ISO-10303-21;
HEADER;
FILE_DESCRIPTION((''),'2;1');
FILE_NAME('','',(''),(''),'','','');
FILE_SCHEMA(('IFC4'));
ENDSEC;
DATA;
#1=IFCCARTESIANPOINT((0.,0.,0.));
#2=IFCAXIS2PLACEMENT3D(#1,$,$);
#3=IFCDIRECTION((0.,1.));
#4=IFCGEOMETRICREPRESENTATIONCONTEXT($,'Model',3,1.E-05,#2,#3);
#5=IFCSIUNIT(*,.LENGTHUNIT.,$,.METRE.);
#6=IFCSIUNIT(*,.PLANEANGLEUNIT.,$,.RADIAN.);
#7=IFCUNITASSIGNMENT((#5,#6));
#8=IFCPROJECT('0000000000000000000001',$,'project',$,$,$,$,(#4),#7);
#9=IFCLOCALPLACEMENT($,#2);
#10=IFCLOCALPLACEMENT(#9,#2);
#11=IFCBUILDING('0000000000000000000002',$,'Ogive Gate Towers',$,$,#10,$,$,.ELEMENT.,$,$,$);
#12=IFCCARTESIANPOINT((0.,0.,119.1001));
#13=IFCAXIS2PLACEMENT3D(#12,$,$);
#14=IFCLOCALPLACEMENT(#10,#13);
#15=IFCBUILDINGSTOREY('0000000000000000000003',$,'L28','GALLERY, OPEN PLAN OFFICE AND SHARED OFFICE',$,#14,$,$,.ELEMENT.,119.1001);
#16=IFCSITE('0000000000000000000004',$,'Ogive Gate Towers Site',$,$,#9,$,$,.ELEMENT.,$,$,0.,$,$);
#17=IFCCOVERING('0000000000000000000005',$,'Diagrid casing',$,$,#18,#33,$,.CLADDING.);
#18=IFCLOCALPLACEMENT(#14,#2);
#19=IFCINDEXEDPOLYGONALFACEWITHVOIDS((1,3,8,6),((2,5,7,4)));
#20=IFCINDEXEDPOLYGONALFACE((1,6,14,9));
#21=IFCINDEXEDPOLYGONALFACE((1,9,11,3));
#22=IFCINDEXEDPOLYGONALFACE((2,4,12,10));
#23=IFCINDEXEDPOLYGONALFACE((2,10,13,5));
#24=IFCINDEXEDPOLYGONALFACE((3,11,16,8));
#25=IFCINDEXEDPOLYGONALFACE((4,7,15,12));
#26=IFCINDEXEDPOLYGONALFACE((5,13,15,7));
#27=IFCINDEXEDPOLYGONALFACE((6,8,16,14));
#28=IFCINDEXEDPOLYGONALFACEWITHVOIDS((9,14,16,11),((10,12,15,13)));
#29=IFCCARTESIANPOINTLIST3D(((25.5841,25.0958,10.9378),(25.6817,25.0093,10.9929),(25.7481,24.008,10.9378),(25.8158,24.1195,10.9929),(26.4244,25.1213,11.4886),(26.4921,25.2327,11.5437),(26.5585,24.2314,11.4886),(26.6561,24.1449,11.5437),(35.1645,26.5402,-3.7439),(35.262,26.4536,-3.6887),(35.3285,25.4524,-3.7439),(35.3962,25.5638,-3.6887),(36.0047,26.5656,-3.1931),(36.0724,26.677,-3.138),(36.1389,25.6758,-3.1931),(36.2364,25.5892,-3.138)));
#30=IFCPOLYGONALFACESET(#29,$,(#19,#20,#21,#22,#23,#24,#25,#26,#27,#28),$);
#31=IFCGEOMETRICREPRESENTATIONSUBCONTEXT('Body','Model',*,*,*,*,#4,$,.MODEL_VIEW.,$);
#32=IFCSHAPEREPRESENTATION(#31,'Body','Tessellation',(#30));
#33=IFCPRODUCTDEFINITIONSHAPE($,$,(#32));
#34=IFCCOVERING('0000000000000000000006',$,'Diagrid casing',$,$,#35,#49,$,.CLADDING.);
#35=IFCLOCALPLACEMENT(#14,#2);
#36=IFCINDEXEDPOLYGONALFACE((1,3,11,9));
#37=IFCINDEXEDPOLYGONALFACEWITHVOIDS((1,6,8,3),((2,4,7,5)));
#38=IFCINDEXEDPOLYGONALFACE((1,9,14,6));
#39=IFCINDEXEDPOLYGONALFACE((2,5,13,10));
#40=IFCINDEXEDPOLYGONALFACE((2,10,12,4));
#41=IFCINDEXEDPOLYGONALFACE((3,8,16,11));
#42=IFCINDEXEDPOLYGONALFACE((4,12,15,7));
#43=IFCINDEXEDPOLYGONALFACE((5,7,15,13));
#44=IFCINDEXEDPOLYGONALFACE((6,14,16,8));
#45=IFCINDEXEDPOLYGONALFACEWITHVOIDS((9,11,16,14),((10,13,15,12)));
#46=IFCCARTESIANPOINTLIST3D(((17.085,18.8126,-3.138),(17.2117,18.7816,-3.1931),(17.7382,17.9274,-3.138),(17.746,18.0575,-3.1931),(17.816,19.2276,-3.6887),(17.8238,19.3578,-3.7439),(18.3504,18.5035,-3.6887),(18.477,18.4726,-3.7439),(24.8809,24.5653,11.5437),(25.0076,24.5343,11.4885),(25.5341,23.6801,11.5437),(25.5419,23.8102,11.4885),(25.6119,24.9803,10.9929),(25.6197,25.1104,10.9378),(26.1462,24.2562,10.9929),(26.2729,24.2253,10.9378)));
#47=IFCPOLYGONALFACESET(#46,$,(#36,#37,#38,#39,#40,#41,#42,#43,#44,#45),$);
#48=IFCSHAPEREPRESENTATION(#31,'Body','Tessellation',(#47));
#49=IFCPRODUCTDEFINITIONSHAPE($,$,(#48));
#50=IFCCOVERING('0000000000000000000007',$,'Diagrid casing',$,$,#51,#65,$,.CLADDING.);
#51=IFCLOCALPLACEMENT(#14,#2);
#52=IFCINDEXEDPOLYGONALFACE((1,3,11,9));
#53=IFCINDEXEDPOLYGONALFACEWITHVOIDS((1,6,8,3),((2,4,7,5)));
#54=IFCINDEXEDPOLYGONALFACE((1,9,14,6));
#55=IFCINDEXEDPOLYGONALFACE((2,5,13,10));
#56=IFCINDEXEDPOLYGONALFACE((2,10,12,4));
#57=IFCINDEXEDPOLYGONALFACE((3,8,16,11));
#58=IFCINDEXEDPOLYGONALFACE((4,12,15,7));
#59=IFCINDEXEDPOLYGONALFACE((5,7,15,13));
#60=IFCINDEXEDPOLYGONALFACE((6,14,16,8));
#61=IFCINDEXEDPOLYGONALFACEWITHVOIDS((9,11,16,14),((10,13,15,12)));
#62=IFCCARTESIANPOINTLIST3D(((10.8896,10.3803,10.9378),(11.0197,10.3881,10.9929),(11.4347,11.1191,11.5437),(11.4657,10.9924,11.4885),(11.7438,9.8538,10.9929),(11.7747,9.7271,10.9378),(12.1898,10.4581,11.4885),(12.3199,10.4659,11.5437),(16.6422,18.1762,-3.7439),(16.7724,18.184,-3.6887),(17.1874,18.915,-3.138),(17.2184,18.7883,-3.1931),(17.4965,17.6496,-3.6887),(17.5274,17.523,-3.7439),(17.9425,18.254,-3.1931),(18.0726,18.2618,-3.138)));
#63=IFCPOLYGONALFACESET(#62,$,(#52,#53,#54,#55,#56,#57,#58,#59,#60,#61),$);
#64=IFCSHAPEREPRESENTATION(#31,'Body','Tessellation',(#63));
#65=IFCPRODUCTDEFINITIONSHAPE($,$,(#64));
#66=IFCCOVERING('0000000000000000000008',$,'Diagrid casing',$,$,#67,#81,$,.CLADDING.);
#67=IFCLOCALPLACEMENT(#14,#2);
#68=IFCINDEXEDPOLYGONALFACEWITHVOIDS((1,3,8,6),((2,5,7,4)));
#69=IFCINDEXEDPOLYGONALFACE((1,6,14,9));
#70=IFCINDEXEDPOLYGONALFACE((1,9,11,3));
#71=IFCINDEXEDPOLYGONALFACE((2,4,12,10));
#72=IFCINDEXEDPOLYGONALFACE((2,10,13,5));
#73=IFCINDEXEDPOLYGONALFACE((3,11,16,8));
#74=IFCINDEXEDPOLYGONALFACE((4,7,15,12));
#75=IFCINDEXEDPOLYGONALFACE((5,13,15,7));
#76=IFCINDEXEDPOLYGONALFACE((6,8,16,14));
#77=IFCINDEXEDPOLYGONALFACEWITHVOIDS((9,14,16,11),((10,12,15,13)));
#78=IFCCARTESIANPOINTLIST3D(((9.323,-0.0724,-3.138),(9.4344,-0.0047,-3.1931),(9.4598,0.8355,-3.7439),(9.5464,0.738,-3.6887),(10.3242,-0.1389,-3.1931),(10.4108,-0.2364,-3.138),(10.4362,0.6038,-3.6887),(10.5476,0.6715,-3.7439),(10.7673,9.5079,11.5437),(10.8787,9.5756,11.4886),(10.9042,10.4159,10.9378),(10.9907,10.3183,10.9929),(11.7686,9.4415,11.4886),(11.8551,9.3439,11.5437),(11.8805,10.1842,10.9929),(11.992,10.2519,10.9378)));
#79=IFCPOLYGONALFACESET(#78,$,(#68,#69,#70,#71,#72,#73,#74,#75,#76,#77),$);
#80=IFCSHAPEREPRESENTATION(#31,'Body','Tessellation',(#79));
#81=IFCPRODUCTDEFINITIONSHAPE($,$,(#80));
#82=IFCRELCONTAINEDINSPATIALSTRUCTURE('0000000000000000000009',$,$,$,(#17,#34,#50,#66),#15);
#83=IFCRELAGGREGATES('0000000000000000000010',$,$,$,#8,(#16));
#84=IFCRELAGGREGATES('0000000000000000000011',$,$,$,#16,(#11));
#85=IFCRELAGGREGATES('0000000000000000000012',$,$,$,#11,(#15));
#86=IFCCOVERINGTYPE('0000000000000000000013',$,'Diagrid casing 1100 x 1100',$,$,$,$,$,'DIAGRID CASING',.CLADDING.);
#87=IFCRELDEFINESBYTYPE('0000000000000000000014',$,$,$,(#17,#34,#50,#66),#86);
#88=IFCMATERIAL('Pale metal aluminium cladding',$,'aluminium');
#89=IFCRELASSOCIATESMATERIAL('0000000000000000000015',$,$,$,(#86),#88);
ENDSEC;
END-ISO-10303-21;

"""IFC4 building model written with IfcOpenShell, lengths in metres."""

from ifc_helpers import new_model, si_unit, direction, frame, origin, origin_2d, place, context, subcontext, project, spatial, hollow_rectangle, extrude, material, material_profile, profile_set, type_object, element, save


model = new_model("IFC4")

# Units and contexts
model_context = context("Model", 3, precision=1e-05, world=origin(), true_north=direction((0.0, 1.0)))
body_context = subcontext(model_context, "Body", "Model", "MODEL_VIEW")
ifc_project = project(units=[si_unit("LENGTHUNIT", "METRE"), si_unit("PLANEANGLEUNIT", "RADIAN")], contexts=[model_context])

# Site, building, storey
site_placement = place(None, origin())
site = spatial("IfcSite", under=ifc_project, at=site_placement, Name="Ogive Gate Towers Site", CompositionType="ELEMENT", RefElevation=0.0)
building_placement = place(site_placement, origin())
building = spatial("IfcBuilding", under=site, at=building_placement, Name="Ogive Gate Towers", CompositionType="ELEMENT")
storey_placement = place(building_placement, frame((0.0, 0.0, 119.1001)))
storey = spatial("IfcBuildingStorey", under=building, at=storey_placement, Name="L28", Description="GALLERY, OPEN PLAN OFFICE AND SHARED OFFICE", CompositionType="ELEMENT", Elevation=119.1001)

# Coverings
ifc_material_1 = material(Name="Pale metal aluminium cladding", Category="aluminium")
ifc_material_profile_1 = material_profile(ifc_material_1, hollow_rectangle(XDim=1.1001, YDim=1.1001, WallThickness=0.1001, at=origin_2d()), Name="1100 x 1100 pale metal casing")
ifc_profile_set_1 = profile_set([ifc_material_profile_1], Name="Pale metal aluminium cladding")
covering_type_1 = type_object("IfcCoveringType", Name="Diagrid casing 1100 x 1100", ElementType="DIAGRID CASING", PredefinedType="CLADDING", material=ifc_profile_set_1)
for number, where, z_axis, x_axis, name in (
    (1, (35.7004, 26.0647, -3.4409), (-0.544636, -0.08211, 0.834643), (0.149076, -0.988826, 0.0), "Diagrid casing"),
    (2, (17.781, 18.6426, -3.4409), (0.443192, 0.327037, 0.834642), (-0.593757, 0.804645, 0.0), "Diagrid casing"),
    (3, (17.3574, 18.219, -3.4409), (-0.327037, -0.443192, 0.834642), (0.804645, -0.593757, 0.0), "Diagrid casing"),
    (4, (9.9353, 0.2996, -3.4409), (0.08211, 0.544636, 0.834643), (-0.988826, 0.149076, 0.0), "Diagrid casing"),
):
    element("IfcCovering", number, at=place(storey_placement, frame(where, z_axis=z_axis, x_axis=x_axis)), inside=storey, type_object=covering_type_1, Name=name, PredefinedType="CLADDING", context=body_context, shape_type="SweptSolid", body=[
        extrude(hollow_rectangle(XDim=1.1001, YDim=1.1001, WallThickness=0.1001, at=origin_2d()), origin(), (0.0, 0.0, 1.0), 17.5903),
    ])

save(model, "model.ifc")
